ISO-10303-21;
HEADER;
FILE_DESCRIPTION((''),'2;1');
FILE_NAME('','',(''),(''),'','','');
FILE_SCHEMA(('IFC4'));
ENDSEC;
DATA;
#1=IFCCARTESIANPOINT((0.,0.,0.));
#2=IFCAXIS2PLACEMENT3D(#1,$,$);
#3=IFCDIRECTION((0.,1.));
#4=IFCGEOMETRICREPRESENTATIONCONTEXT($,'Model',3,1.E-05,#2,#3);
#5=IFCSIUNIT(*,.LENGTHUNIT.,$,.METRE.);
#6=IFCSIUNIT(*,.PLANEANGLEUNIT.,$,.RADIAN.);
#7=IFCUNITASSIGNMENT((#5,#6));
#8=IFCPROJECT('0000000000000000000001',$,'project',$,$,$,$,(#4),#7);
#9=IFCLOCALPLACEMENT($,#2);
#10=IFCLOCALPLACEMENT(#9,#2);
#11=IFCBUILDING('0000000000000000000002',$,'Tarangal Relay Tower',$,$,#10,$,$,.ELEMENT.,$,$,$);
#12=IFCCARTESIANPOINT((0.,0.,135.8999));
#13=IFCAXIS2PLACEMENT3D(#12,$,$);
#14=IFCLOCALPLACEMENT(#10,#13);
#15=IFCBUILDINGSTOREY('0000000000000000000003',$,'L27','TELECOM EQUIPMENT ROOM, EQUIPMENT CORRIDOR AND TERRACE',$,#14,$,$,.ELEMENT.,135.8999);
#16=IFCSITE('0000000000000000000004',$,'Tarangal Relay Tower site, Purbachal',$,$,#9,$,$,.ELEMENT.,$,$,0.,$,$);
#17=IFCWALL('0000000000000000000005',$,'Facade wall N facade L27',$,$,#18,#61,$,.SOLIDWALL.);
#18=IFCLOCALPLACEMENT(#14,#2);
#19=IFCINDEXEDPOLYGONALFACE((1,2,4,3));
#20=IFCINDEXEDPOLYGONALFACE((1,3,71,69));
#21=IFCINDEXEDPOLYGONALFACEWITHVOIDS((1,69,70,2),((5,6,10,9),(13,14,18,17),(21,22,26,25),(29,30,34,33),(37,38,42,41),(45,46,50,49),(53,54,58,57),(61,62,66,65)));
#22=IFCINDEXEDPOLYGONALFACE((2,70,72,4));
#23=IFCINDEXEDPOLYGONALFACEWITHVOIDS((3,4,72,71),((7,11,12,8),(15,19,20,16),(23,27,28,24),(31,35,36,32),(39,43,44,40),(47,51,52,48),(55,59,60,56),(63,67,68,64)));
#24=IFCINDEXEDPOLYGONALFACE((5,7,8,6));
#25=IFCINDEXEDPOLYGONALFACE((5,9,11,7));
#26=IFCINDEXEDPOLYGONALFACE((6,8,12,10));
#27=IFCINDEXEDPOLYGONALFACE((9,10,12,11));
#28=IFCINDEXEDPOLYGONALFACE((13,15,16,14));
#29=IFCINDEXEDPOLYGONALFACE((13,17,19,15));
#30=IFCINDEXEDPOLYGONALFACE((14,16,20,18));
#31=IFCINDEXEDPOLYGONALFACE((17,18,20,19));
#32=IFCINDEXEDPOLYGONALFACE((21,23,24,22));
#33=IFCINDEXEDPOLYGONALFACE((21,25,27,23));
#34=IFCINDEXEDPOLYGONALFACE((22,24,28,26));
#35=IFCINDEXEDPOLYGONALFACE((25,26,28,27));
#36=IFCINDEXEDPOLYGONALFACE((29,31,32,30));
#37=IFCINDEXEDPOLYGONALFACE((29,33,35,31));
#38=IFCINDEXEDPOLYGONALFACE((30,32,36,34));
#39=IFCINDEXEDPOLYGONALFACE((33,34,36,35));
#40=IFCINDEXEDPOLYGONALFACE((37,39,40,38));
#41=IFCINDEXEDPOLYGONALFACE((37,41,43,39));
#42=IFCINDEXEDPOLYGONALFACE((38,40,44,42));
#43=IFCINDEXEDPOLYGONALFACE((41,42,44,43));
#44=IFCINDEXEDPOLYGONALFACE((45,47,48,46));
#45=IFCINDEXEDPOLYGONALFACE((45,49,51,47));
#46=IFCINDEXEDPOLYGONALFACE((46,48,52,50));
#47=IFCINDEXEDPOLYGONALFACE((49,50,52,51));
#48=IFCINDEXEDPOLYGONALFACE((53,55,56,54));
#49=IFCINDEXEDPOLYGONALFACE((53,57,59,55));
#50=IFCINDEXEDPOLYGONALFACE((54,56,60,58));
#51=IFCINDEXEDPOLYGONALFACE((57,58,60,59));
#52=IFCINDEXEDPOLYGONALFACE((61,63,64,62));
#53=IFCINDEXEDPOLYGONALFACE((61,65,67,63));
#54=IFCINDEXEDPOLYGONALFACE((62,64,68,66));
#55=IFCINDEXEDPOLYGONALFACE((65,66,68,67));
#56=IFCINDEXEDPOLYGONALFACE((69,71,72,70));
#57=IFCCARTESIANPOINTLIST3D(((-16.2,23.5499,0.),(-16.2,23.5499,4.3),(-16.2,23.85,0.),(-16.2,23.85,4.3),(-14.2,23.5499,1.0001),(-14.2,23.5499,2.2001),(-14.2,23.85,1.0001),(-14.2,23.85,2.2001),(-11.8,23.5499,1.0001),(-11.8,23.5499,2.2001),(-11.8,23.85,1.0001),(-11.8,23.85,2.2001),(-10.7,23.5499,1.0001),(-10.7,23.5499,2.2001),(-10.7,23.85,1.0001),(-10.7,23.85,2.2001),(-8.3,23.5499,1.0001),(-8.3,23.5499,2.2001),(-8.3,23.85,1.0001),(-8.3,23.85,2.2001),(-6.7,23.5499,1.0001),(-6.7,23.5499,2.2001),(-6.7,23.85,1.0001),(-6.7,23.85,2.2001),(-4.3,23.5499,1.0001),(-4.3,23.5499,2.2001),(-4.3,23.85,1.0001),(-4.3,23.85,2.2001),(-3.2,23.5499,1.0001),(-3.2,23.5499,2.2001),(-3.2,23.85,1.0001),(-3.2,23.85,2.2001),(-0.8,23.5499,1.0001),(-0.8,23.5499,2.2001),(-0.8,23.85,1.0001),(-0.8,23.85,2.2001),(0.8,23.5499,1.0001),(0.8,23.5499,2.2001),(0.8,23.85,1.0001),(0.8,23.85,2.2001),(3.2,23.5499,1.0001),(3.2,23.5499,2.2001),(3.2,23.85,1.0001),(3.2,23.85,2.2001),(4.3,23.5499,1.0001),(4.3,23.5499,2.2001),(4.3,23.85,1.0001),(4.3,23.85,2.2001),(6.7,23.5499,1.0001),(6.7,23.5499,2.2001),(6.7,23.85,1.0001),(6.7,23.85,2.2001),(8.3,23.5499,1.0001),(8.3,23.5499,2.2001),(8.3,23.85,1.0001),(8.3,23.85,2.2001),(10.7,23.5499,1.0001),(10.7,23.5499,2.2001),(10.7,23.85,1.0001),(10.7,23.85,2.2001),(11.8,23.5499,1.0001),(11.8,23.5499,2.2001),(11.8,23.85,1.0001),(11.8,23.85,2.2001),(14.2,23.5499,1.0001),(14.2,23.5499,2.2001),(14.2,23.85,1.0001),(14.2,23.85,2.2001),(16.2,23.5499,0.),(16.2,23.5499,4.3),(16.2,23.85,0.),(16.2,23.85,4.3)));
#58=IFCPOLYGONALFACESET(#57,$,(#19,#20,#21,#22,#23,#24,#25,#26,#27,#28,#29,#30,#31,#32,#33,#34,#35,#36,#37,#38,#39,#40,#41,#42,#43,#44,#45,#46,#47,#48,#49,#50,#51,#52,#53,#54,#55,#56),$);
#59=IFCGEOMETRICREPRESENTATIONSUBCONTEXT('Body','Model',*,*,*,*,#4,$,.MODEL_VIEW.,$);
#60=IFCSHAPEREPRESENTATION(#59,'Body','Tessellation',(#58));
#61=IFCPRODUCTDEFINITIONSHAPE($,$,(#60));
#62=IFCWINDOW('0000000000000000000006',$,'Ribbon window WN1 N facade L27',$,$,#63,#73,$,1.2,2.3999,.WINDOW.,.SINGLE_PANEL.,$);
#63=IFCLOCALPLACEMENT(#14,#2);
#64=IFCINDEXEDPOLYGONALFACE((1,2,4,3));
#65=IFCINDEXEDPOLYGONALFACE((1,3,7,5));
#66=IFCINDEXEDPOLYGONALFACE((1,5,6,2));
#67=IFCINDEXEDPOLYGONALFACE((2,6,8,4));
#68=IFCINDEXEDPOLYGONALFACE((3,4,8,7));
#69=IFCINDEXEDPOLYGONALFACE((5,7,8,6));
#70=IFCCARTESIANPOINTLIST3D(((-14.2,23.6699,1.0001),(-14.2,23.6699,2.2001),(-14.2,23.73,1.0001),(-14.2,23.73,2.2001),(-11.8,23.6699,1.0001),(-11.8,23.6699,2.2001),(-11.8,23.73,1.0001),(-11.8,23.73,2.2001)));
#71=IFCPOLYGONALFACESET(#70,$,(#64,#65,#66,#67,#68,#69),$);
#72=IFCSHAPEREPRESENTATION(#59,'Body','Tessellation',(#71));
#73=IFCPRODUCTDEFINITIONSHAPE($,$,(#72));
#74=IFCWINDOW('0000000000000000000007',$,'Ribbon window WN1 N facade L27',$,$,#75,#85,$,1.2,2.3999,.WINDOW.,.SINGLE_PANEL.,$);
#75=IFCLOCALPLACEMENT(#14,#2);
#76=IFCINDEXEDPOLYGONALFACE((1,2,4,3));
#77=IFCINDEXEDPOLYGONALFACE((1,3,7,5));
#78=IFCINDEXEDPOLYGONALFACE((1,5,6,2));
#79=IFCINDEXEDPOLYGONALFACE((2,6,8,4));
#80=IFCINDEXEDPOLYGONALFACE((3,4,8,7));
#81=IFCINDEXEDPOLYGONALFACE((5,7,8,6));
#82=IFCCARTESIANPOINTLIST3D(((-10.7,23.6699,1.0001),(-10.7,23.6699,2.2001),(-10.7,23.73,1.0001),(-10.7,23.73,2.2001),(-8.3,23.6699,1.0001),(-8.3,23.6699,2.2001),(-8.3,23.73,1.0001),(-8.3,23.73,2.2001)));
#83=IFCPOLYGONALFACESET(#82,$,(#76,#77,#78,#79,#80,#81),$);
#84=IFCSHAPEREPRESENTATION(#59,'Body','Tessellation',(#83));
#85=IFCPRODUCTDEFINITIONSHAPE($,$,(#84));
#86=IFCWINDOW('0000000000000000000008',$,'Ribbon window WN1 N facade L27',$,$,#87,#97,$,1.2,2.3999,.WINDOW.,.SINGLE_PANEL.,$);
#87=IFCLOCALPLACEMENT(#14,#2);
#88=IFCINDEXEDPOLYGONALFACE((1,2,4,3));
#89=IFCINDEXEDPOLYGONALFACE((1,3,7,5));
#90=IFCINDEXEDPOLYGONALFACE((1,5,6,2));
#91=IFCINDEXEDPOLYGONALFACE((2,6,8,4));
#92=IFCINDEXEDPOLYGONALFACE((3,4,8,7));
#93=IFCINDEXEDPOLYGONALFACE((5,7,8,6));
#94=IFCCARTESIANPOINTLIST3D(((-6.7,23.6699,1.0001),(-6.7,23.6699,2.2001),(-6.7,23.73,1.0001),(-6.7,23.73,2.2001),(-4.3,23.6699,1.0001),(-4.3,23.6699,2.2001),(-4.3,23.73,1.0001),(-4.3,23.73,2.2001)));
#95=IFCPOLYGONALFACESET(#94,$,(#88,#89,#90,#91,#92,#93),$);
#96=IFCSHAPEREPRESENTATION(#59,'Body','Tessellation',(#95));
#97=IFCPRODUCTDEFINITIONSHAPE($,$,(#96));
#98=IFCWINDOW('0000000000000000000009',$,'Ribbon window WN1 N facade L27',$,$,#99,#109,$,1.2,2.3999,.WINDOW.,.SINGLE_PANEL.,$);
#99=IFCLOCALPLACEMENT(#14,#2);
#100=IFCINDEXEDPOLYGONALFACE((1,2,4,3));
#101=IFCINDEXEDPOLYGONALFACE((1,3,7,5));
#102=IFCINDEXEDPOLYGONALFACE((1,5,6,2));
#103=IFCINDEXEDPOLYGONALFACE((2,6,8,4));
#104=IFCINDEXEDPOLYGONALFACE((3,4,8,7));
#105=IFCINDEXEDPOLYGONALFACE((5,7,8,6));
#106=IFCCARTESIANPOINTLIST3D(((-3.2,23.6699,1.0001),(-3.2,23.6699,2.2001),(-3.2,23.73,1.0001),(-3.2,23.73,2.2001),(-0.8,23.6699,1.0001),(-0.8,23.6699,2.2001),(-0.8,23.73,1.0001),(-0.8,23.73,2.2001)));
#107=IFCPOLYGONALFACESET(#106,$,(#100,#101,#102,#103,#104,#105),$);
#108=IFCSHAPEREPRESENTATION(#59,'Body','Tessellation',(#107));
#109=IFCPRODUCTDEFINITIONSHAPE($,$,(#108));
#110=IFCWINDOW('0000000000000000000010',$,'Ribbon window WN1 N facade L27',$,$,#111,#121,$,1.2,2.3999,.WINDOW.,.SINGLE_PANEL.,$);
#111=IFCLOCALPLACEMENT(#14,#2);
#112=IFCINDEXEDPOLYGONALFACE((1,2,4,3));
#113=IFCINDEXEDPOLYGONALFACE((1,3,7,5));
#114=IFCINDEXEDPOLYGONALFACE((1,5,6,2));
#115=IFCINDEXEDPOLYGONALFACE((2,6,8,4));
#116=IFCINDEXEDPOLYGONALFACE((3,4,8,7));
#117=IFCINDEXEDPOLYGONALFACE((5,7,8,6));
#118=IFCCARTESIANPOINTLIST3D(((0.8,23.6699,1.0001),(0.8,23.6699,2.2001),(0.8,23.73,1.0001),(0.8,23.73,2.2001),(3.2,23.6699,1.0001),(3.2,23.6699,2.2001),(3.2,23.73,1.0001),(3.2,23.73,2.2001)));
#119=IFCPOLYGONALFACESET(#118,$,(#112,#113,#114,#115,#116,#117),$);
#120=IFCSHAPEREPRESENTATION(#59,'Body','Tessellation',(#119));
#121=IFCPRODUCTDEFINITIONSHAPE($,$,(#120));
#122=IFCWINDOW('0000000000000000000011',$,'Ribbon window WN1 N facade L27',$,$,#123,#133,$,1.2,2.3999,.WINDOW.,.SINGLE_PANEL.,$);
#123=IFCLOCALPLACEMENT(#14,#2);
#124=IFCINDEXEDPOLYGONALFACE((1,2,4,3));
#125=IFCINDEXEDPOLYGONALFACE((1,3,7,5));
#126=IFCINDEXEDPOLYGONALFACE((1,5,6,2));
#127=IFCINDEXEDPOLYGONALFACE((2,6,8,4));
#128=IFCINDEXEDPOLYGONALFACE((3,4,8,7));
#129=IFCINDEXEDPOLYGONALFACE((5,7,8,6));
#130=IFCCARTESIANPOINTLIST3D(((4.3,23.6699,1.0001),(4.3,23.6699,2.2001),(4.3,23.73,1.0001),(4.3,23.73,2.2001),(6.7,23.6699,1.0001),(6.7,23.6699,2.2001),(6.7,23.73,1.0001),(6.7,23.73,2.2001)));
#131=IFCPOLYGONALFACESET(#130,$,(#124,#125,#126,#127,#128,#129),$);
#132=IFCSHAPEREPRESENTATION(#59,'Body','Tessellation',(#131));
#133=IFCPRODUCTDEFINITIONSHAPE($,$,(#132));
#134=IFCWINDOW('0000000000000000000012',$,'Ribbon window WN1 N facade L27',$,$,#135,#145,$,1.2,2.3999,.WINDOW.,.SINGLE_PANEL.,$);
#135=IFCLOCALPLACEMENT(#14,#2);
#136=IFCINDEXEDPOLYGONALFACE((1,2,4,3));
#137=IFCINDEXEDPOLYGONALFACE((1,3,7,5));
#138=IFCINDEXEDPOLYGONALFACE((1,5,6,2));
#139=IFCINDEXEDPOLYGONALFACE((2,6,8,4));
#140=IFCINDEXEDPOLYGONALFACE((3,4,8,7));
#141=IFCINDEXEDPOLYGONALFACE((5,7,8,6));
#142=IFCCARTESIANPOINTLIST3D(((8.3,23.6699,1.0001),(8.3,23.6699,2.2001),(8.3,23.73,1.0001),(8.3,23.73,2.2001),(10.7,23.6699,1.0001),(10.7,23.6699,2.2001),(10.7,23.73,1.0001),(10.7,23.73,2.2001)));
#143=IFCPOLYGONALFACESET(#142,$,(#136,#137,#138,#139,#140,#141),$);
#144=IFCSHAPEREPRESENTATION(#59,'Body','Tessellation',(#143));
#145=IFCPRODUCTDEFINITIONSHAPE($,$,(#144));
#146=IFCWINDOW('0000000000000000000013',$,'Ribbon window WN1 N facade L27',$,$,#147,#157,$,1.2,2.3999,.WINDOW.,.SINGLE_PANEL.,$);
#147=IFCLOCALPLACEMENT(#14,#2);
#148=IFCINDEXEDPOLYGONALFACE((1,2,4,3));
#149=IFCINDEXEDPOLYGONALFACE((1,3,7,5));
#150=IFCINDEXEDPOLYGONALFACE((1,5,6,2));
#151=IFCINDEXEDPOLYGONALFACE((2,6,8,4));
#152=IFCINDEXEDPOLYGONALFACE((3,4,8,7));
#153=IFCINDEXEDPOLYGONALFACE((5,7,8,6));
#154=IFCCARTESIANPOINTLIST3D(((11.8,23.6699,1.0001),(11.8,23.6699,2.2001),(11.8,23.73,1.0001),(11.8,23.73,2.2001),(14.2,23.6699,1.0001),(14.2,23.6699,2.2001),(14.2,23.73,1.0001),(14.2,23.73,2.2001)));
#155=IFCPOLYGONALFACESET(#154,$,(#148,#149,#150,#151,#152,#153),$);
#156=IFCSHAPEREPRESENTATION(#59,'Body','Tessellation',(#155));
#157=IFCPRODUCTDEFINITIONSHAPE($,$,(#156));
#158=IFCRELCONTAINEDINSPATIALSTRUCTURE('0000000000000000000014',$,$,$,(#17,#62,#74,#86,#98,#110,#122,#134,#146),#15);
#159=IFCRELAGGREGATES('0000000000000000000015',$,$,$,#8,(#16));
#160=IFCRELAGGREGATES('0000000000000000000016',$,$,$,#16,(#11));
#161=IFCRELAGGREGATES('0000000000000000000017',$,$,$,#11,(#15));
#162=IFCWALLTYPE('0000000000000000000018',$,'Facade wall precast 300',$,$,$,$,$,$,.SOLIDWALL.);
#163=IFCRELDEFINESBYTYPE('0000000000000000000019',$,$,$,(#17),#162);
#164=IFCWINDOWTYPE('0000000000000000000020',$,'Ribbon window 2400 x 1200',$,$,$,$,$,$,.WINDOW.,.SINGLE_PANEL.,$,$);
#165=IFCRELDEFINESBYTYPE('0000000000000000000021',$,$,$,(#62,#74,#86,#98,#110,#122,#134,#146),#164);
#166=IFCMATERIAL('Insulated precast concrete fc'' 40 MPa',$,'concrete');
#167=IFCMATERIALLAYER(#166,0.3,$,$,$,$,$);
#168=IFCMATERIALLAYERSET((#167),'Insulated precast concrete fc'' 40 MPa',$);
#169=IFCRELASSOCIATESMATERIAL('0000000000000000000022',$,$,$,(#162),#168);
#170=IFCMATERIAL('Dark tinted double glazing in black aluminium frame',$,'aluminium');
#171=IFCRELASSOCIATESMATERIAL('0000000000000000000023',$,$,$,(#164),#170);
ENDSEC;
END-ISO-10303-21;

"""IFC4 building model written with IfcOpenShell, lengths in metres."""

from ifc_helpers import new_model, si_unit, direction, frame, frame_2d, origin, place, context, subcontext, project, spatial, rectangle, extrude, material, layer, layer_set, type_object, element, fill, save


model = new_model("IFC4")

# Units and contexts
model_context = context("Model", 3, precision=1e-05, world=origin(), true_north=direction((0.0, 1.0)))
body_context = subcontext(model_context, "Body", "Model", "MODEL_VIEW")
ifc_project = project(units=[si_unit("LENGTHUNIT", "METRE"), si_unit("PLANEANGLEUNIT", "RADIAN")], contexts=[model_context])

# Site, building, storey
site_placement = place(None, origin())
site = spatial("IfcSite", under=ifc_project, at=site_placement, Name="Tarangal Relay Tower site, Purbachal", CompositionType="ELEMENT", RefElevation=0.0)
building_placement = place(site_placement, origin())
building = spatial("IfcBuilding", under=site, at=building_placement, Name="Tarangal Relay Tower", CompositionType="ELEMENT")
storey_placement = place(building_placement, frame((0.0, 0.0, 135.8999)))
storey = spatial("IfcBuildingStorey", under=building, at=storey_placement, Name="L27", Description="TELECOM EQUIPMENT ROOM, EQUIPMENT CORRIDOR AND TERRACE", CompositionType="ELEMENT", Elevation=135.8999)

# Wall, openings, windows
ifc_material_1 = material(Name="Insulated precast concrete fc' 40 MPa", Category="concrete")
ifc_layer = layer(ifc_material_1, 0.3)
ifc_layer_set = layer_set([ifc_layer], Name="Insulated precast concrete fc' 40 MPa")
wall_type = type_object("IfcWallType", Name="Facade wall precast 300", PredefinedType="SOLIDWALL", material=ifc_layer_set)
wall_1_placement = place(storey_placement, frame((-16.2, 23.7, 0.0), z_axis=(0.0, 0.0, 1.0), x_axis=(1.0, 0.0, 0.0)))
wall_1 = element("IfcWall", 1, at=wall_1_placement, inside=storey, type_object=wall_type, Name="Facade wall N facade L27", PredefinedType="SOLIDWALL", context=body_context, shape_type="SweptSolid", body=[
    extrude(rectangle(XDim=32.3999, YDim=0.3, at=frame_2d((16.2, 0.0))), origin(), (0.0, 0.0, 1.0), 4.3),
])
opening_1_placement = place(wall_1_placement, frame((2.0, 0.0, 1.0)))
opening_1 = element("IfcOpeningElement", 2, at=opening_1_placement, cuts=wall_1, PredefinedType="OPENING", context=body_context, shape_type="SweptSolid", body=[
    extrude(rectangle(XDim=2.3999, YDim=1.2, at=frame_2d((1.2, 0.6001))), frame((0.0, 0.1599, 0.0), z_axis=(0.0, -1.0, 0.0), x_axis=(1.0, 0.0, 0.0)), (0.0, 0.0, 1.0), 0.3201),
])
opening_2_placement = place(wall_1_placement, frame((5.5, 0.0, 1.0)))
opening_2 = element("IfcOpeningElement", 3, at=opening_2_placement, cuts=wall_1, PredefinedType="OPENING", context=body_context, shape_type="SweptSolid", body=[
    extrude(rectangle(XDim=2.3999, YDim=1.2, at=frame_2d((1.2, 0.6001))), frame((0.0, 0.1599, 0.0), z_axis=(0.0, -1.0, 0.0), x_axis=(1.0, 0.0, 0.0)), (0.0, 0.0, 1.0), 0.3201),
])
opening_3_placement = place(wall_1_placement, frame((9.5, 0.0, 1.0)))
opening_3 = element("IfcOpeningElement", 4, at=opening_3_placement, cuts=wall_1, PredefinedType="OPENING", context=body_context, shape_type="SweptSolid", body=[
    extrude(rectangle(XDim=2.3999, YDim=1.2, at=frame_2d((1.2, 0.6001))), frame((0.0, 0.1599, 0.0), z_axis=(0.0, -1.0, 0.0), x_axis=(1.0, 0.0, 0.0)), (0.0, 0.0, 1.0), 0.3201),
])
opening_4_placement = place(wall_1_placement, frame((13.0, 0.0, 1.0)))
opening_4 = element("IfcOpeningElement", 5, at=opening_4_placement, cuts=wall_1, PredefinedType="OPENING", context=body_context, shape_type="SweptSolid", body=[
    extrude(rectangle(XDim=2.3999, YDim=1.2, at=frame_2d((1.2, 0.6001))), frame((0.0, 0.1599, 0.0), z_axis=(0.0, -1.0, 0.0), x_axis=(1.0, 0.0, 0.0)), (0.0, 0.0, 1.0), 0.3201),
])
opening_5_placement = place(wall_1_placement, frame((17.0, 0.0, 1.0)))
opening_5 = element("IfcOpeningElement", 6, at=opening_5_placement, cuts=wall_1, PredefinedType="OPENING", context=body_context, shape_type="SweptSolid", body=[
    extrude(rectangle(XDim=2.3999, YDim=1.2, at=frame_2d((1.2, 0.6001))), frame((0.0, 0.1599, 0.0), z_axis=(0.0, -1.0, 0.0), x_axis=(1.0, 0.0, 0.0)), (0.0, 0.0, 1.0), 0.3201),
])
opening_6_placement = place(wall_1_placement, frame((20.5, 0.0, 1.0)))
opening_6 = element("IfcOpeningElement", 7, at=opening_6_placement, cuts=wall_1, PredefinedType="OPENING", context=body_context, shape_type="SweptSolid", body=[
    extrude(rectangle(XDim=2.3999, YDim=1.2, at=frame_2d((1.2, 0.6001))), frame((0.0, 0.1599, 0.0), z_axis=(0.0, -1.0, 0.0), x_axis=(1.0, 0.0, 0.0)), (0.0, 0.0, 1.0), 0.3201),
])
opening_7_placement = place(wall_1_placement, frame((24.5, 0.0, 1.0)))
opening_7 = element("IfcOpeningElement", 8, at=opening_7_placement, cuts=wall_1, PredefinedType="OPENING", context=body_context, shape_type="SweptSolid", body=[
    extrude(rectangle(XDim=2.3999, YDim=1.2, at=frame_2d((1.2, 0.6001))), frame((0.0, 0.1599, 0.0), z_axis=(0.0, -1.0, 0.0), x_axis=(1.0, 0.0, 0.0)), (0.0, 0.0, 1.0), 0.3201),
])
opening_8_placement = place(wall_1_placement, frame((28.0, 0.0, 1.0)))
opening_8 = element("IfcOpeningElement", 9, at=opening_8_placement, cuts=wall_1, PredefinedType="OPENING", context=body_context, shape_type="SweptSolid", body=[
    extrude(rectangle(XDim=2.3999, YDim=1.2, at=frame_2d((1.2, 0.6001))), frame((0.0, 0.1599, 0.0), z_axis=(0.0, -1.0, 0.0), x_axis=(1.0, 0.0, 0.0)), (0.0, 0.0, 1.0), 0.3201),
])
ifc_material_2 = material(Name="Dark tinted double glazing in black aluminium frame", Category="aluminium")
window_type = type_object("IfcWindowType", Name="Ribbon window 2400 x 1200", PartitioningType="SINGLE_PANEL", PredefinedType="WINDOW", material=ifc_material_2)
window_1_placement = place(opening_1_placement, origin())
window_1 = element("IfcWindow", 10, at=window_1_placement, inside=storey, type_object=window_type, Name="Ribbon window WN1 N facade L27", OverallHeight=1.2, OverallWidth=2.3999, PartitioningType="SINGLE_PANEL", PredefinedType="WINDOW", context=body_context, shape_type="SweptSolid", body=[
    extrude(rectangle(XDim=2.3999, YDim=1.2, at=frame_2d((1.2, 0.6001))), frame((0.0, 0.03, 0.0), z_axis=(0.0, -1.0, 0.0), x_axis=(1.0, 0.0, 0.0)), (0.0, 0.0, 1.0), 0.0601),
])
fill(opening_1, window_1)
window_2_placement = place(opening_2_placement, origin())
window_2 = element("IfcWindow", 11, at=window_2_placement, inside=storey, type_object=window_type, Name="Ribbon window WN1 N facade L27", OverallHeight=1.2, OverallWidth=2.3999, PartitioningType="SINGLE_PANEL", PredefinedType="WINDOW", context=body_context, shape_type="SweptSolid", body=[
    extrude(rectangle(XDim=2.3999, YDim=1.2, at=frame_2d((1.2, 0.6001))), frame((0.0, 0.03, 0.0), z_axis=(0.0, -1.0, 0.0), x_axis=(1.0, 0.0, 0.0)), (0.0, 0.0, 1.0), 0.0601),
])
fill(opening_2, window_2)
window_3_placement = place(opening_3_placement, origin())
window_3 = element("IfcWindow", 12, at=window_3_placement, inside=storey, type_object=window_type, Name="Ribbon window WN1 N facade L27", OverallHeight=1.2, OverallWidth=2.3999, PartitioningType="SINGLE_PANEL", PredefinedType="WINDOW", context=body_context, shape_type="SweptSolid", body=[
    extrude(rectangle(XDim=2.3999, YDim=1.2, at=frame_2d((1.2, 0.6001))), frame((0.0, 0.03, 0.0), z_axis=(0.0, -1.0, 0.0), x_axis=(1.0, 0.0, 0.0)), (0.0, 0.0, 1.0), 0.0601),
])
fill(opening_3, window_3)
window_4_placement = place(opening_4_placement, origin())
window_4 = element("IfcWindow", 13, at=window_4_placement, inside=storey, type_object=window_type, Name="Ribbon window WN1 N facade L27", OverallHeight=1.2, OverallWidth=2.3999, PartitioningType="SINGLE_PANEL", PredefinedType="WINDOW", context=body_context, shape_type="SweptSolid", body=[
    extrude(rectangle(XDim=2.3999, YDim=1.2, at=frame_2d((1.2, 0.6001))), frame((0.0, 0.03, 0.0), z_axis=(0.0, -1.0, 0.0), x_axis=(1.0, 0.0, 0.0)), (0.0, 0.0, 1.0), 0.0601),
])
fill(opening_4, window_4)
window_5_placement = place(opening_5_placement, origin())
window_5 = element("IfcWindow", 14, at=window_5_placement, inside=storey, type_object=window_type, Name="Ribbon window WN1 N facade L27", OverallHeight=1.2, OverallWidth=2.3999, PartitioningType="SINGLE_PANEL", PredefinedType="WINDOW", context=body_context, shape_type="SweptSolid", body=[
    extrude(rectangle(XDim=2.3999, YDim=1.2, at=frame_2d((1.2, 0.6001))), frame((0.0, 0.03, 0.0), z_axis=(0.0, -1.0, 0.0), x_axis=(1.0, 0.0, 0.0)), (0.0, 0.0, 1.0), 0.0601),
])
fill(opening_5, window_5)
window_6_placement = place(opening_6_placement, origin())
window_6 = element("IfcWindow", 15, at=window_6_placement, inside=storey, type_object=window_type, Name="Ribbon window WN1 N facade L27", OverallHeight=1.2, OverallWidth=2.3999, PartitioningType="SINGLE_PANEL", PredefinedType="WINDOW", context=body_context, shape_type="SweptSolid", body=[
    extrude(rectangle(XDim=2.3999, YDim=1.2, at=frame_2d((1.2, 0.6001))), frame((0.0, 0.03, 0.0), z_axis=(0.0, -1.0, 0.0), x_axis=(1.0, 0.0, 0.0)), (0.0, 0.0, 1.0), 0.0601),
])
fill(opening_6, window_6)
window_7_placement = place(opening_7_placement, origin())
window_7 = element("IfcWindow", 16, at=window_7_placement, inside=storey, type_object=window_type, Name="Ribbon window WN1 N facade L27", OverallHeight=1.2, OverallWidth=2.3999, PartitioningType="SINGLE_PANEL", PredefinedType="WINDOW", context=body_context, shape_type="SweptSolid", body=[
    extrude(rectangle(XDim=2.3999, YDim=1.2, at=frame_2d((1.2, 0.6001))), frame((0.0, 0.03, 0.0), z_axis=(0.0, -1.0, 0.0), x_axis=(1.0, 0.0, 0.0)), (0.0, 0.0, 1.0), 0.0601),
])
fill(opening_7, window_7)
window_8_placement = place(opening_8_placement, origin())
window_8 = element("IfcWindow", 17, at=window_8_placement, inside=storey, type_object=window_type, Name="Ribbon window WN1 N facade L27", OverallHeight=1.2, OverallWidth=2.3999, PartitioningType="SINGLE_PANEL", PredefinedType="WINDOW", context=body_context, shape_type="SweptSolid", body=[
    extrude(rectangle(XDim=2.3999, YDim=1.2, at=frame_2d((1.2, 0.6001))), frame((0.0, 0.03, 0.0), z_axis=(0.0, -1.0, 0.0), x_axis=(1.0, 0.0, 0.0)), (0.0, 0.0, 1.0), 0.0601),
])
fill(opening_8, window_8)

save(model, "model.ifc")
